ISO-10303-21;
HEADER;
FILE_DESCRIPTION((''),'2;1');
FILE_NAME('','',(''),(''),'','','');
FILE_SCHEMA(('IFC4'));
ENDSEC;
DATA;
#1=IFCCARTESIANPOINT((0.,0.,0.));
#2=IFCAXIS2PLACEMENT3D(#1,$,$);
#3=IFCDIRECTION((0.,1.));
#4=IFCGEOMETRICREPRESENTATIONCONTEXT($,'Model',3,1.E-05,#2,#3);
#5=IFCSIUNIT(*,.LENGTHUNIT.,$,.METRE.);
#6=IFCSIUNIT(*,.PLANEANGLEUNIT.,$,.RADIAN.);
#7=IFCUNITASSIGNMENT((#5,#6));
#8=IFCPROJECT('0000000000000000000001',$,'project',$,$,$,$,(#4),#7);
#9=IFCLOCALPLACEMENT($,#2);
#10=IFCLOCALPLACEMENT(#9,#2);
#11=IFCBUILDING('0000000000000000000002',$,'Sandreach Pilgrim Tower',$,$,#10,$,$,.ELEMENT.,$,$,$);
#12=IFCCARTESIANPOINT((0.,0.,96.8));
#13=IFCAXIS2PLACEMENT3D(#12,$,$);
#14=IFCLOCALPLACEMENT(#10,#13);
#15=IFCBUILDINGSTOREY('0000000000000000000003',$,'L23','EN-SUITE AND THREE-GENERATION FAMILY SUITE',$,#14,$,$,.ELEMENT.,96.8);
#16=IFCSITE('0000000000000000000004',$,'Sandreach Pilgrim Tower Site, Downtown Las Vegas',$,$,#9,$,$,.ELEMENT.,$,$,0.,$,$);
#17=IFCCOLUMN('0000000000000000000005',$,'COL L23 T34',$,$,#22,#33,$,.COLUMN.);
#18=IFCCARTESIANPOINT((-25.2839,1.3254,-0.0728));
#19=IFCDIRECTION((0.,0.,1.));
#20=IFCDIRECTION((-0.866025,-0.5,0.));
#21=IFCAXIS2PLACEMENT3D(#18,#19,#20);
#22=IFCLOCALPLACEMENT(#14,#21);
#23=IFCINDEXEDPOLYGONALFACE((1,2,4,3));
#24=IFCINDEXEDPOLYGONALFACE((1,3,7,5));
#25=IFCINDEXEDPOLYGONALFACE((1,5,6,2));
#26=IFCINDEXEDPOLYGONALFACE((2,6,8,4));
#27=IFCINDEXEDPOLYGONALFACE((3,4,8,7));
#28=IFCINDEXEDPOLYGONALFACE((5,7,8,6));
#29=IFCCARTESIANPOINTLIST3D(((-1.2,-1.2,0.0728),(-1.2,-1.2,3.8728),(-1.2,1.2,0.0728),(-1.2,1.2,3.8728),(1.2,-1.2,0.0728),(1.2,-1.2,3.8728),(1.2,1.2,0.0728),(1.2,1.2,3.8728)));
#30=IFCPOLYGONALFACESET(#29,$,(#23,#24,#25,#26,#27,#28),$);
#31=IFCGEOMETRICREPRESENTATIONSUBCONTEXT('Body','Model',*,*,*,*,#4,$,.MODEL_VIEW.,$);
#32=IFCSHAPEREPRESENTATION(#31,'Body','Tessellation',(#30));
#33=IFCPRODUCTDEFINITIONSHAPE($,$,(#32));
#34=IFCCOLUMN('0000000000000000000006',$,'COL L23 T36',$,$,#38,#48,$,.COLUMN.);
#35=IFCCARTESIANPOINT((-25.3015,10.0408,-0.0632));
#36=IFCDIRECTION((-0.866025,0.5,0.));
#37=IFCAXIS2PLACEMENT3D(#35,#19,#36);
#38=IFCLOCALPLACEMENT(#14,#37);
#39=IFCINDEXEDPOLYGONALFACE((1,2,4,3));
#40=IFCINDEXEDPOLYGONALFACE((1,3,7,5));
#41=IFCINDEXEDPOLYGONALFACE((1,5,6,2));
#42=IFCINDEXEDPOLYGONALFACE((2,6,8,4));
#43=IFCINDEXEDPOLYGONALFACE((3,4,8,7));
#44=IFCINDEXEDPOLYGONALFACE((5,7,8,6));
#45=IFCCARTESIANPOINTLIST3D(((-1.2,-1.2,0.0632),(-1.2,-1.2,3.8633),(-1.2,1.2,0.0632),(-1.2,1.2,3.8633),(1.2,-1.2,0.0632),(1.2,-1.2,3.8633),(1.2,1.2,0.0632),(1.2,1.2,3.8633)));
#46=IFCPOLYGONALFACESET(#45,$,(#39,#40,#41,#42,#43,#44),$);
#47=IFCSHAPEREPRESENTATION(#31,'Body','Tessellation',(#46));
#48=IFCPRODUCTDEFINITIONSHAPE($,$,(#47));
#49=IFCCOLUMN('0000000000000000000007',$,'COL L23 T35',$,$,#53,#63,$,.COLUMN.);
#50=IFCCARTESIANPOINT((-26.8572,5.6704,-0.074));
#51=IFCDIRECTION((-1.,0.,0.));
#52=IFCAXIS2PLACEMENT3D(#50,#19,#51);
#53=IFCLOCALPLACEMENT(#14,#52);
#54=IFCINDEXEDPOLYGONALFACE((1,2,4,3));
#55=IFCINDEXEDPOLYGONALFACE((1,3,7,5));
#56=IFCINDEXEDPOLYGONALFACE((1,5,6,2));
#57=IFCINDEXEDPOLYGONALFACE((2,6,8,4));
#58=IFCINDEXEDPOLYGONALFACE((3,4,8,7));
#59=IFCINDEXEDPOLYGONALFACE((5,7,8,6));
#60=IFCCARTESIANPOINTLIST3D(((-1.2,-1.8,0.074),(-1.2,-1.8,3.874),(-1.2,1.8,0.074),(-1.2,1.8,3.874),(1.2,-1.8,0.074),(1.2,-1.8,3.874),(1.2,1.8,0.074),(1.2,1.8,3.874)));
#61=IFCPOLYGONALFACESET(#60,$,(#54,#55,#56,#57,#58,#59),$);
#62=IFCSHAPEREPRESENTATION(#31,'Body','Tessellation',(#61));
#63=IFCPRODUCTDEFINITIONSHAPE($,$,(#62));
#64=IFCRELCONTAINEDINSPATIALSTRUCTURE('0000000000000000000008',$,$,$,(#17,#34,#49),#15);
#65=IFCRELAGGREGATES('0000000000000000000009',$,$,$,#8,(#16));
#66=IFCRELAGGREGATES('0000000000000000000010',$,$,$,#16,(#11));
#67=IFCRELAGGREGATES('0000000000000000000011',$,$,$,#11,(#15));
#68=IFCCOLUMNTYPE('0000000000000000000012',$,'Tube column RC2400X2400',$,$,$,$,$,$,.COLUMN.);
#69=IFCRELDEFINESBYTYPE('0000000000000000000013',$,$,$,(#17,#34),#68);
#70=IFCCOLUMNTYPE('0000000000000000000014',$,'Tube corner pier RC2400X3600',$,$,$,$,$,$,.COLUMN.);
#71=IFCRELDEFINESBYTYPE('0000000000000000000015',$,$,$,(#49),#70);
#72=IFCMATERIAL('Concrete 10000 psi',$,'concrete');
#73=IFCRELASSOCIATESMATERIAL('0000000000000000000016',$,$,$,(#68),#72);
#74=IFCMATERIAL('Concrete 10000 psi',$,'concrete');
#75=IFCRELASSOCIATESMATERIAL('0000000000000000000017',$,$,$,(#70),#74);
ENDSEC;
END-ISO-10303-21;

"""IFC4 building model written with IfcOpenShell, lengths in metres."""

from ifc_helpers import new_model, si_unit, direction, frame, origin, origin_2d, place, context, subcontext, project, spatial, rectangle, extrude, clip, halfspace, material, material_profile, profile_set, type_object, element, save


model = new_model("IFC4")

# Units and contexts
model_context = context("Model", 3, precision=1e-05, world=origin(), true_north=direction((0.0, 1.0)))
body_context = subcontext(model_context, "Body", "Model", "MODEL_VIEW")
ifc_project = project(units=[si_unit("LENGTHUNIT", "METRE"), si_unit("PLANEANGLEUNIT", "RADIAN")], contexts=[model_context])

# Site, building, storey
site_placement = place(None, origin())
site = spatial("IfcSite", under=ifc_project, at=site_placement, Name="Sandreach Pilgrim Tower Site, Downtown Las Vegas", CompositionType="ELEMENT", RefElevation=0.0)
building_placement = place(site_placement, origin())
building = spatial("IfcBuilding", under=site, at=building_placement, Name="Sandreach Pilgrim Tower", CompositionType="ELEMENT")
storey_placement = place(building_placement, frame((0.0, 0.0, 96.8)))
storey = spatial("IfcBuildingStorey", under=building, at=storey_placement, Name="L23", Description="EN-SUITE AND THREE-GENERATION FAMILY SUITE", CompositionType="ELEMENT", Elevation=96.8)

# Columns
ifc_material_1 = material(Name="Concrete 10000 psi", Category="concrete")
ifc_material_profile_1 = material_profile(ifc_material_1, rectangle(XDim=2.3999, YDim=2.3999, at=origin_2d()), Name="RC2400X2400")
ifc_profile_set_1 = profile_set([ifc_material_profile_1], Name="Concrete 10000 psi")
column_type_1 = type_object("IfcColumnType", Name="Tube column RC2400X2400", PredefinedType="COLUMN", material=ifc_profile_set_1)
column_1_placement = place(storey_placement, frame((-25.2839, 1.3254, -0.0728), z_axis=(0.0, 0.0, 1.0), x_axis=(-0.866025, -0.5, 0.0)))
element("IfcColumn", 1, at=column_1_placement, inside=storey, type_object=column_type_1, Name="COL L23 T34", PredefinedType="COLUMN", context=body_context, shape_type="SweptSolid", body=[
    clip(extrude(rectangle(XDim=2.3999, YDim=2.3999, at=origin_2d()), origin(), (0.0, 0.0, 1.0), 3.8728), halfspace(frame((0.0, 0.0, 0.0728)), True)),
])
column_2_placement = place(storey_placement, frame((-25.3015, 10.0408, -0.0632), z_axis=(0.0, 0.0, 1.0), x_axis=(-0.866025, 0.5, 0.0)))
element("IfcColumn", 2, at=column_2_placement, inside=storey, type_object=column_type_1, Name="COL L23 T36", PredefinedType="COLUMN", context=body_context, shape_type="SweptSolid", body=[
    clip(extrude(rectangle(XDim=2.3999, YDim=2.3999, at=origin_2d()), origin(), (0.0, 0.0, 1.0), 3.8633), halfspace(frame((0.0, 0.0, 0.0632)), True)),
])
ifc_material_2 = material(Name="Concrete 10000 psi", Category="concrete")
ifc_material_profile_2 = material_profile(ifc_material_2, rectangle(XDim=2.3999, YDim=3.6001, at=origin_2d()), Name="RC2400X3600")
ifc_profile_set_2 = profile_set([ifc_material_profile_2], Name="Concrete 10000 psi")
column_type_2 = type_object("IfcColumnType", Name="Tube corner pier RC2400X3600", PredefinedType="COLUMN", material=ifc_profile_set_2)
column_3_placement = place(storey_placement, frame((-26.8572, 5.6704, -0.074), z_axis=(0.0, 0.0, 1.0), x_axis=(-1.0, 0.0, 0.0)))
element("IfcColumn", 3, at=column_3_placement, inside=storey, type_object=column_type_2, Name="COL L23 T35", PredefinedType="COLUMN", context=body_context, shape_type="SweptSolid", body=[
    clip(extrude(rectangle(XDim=2.3999, YDim=3.6001, at=origin_2d()), origin(), (0.0, 0.0, 1.0), 3.874), halfspace(frame((0.0, 0.0, 0.074)), True)),
])

save(model, "model.ifc")
